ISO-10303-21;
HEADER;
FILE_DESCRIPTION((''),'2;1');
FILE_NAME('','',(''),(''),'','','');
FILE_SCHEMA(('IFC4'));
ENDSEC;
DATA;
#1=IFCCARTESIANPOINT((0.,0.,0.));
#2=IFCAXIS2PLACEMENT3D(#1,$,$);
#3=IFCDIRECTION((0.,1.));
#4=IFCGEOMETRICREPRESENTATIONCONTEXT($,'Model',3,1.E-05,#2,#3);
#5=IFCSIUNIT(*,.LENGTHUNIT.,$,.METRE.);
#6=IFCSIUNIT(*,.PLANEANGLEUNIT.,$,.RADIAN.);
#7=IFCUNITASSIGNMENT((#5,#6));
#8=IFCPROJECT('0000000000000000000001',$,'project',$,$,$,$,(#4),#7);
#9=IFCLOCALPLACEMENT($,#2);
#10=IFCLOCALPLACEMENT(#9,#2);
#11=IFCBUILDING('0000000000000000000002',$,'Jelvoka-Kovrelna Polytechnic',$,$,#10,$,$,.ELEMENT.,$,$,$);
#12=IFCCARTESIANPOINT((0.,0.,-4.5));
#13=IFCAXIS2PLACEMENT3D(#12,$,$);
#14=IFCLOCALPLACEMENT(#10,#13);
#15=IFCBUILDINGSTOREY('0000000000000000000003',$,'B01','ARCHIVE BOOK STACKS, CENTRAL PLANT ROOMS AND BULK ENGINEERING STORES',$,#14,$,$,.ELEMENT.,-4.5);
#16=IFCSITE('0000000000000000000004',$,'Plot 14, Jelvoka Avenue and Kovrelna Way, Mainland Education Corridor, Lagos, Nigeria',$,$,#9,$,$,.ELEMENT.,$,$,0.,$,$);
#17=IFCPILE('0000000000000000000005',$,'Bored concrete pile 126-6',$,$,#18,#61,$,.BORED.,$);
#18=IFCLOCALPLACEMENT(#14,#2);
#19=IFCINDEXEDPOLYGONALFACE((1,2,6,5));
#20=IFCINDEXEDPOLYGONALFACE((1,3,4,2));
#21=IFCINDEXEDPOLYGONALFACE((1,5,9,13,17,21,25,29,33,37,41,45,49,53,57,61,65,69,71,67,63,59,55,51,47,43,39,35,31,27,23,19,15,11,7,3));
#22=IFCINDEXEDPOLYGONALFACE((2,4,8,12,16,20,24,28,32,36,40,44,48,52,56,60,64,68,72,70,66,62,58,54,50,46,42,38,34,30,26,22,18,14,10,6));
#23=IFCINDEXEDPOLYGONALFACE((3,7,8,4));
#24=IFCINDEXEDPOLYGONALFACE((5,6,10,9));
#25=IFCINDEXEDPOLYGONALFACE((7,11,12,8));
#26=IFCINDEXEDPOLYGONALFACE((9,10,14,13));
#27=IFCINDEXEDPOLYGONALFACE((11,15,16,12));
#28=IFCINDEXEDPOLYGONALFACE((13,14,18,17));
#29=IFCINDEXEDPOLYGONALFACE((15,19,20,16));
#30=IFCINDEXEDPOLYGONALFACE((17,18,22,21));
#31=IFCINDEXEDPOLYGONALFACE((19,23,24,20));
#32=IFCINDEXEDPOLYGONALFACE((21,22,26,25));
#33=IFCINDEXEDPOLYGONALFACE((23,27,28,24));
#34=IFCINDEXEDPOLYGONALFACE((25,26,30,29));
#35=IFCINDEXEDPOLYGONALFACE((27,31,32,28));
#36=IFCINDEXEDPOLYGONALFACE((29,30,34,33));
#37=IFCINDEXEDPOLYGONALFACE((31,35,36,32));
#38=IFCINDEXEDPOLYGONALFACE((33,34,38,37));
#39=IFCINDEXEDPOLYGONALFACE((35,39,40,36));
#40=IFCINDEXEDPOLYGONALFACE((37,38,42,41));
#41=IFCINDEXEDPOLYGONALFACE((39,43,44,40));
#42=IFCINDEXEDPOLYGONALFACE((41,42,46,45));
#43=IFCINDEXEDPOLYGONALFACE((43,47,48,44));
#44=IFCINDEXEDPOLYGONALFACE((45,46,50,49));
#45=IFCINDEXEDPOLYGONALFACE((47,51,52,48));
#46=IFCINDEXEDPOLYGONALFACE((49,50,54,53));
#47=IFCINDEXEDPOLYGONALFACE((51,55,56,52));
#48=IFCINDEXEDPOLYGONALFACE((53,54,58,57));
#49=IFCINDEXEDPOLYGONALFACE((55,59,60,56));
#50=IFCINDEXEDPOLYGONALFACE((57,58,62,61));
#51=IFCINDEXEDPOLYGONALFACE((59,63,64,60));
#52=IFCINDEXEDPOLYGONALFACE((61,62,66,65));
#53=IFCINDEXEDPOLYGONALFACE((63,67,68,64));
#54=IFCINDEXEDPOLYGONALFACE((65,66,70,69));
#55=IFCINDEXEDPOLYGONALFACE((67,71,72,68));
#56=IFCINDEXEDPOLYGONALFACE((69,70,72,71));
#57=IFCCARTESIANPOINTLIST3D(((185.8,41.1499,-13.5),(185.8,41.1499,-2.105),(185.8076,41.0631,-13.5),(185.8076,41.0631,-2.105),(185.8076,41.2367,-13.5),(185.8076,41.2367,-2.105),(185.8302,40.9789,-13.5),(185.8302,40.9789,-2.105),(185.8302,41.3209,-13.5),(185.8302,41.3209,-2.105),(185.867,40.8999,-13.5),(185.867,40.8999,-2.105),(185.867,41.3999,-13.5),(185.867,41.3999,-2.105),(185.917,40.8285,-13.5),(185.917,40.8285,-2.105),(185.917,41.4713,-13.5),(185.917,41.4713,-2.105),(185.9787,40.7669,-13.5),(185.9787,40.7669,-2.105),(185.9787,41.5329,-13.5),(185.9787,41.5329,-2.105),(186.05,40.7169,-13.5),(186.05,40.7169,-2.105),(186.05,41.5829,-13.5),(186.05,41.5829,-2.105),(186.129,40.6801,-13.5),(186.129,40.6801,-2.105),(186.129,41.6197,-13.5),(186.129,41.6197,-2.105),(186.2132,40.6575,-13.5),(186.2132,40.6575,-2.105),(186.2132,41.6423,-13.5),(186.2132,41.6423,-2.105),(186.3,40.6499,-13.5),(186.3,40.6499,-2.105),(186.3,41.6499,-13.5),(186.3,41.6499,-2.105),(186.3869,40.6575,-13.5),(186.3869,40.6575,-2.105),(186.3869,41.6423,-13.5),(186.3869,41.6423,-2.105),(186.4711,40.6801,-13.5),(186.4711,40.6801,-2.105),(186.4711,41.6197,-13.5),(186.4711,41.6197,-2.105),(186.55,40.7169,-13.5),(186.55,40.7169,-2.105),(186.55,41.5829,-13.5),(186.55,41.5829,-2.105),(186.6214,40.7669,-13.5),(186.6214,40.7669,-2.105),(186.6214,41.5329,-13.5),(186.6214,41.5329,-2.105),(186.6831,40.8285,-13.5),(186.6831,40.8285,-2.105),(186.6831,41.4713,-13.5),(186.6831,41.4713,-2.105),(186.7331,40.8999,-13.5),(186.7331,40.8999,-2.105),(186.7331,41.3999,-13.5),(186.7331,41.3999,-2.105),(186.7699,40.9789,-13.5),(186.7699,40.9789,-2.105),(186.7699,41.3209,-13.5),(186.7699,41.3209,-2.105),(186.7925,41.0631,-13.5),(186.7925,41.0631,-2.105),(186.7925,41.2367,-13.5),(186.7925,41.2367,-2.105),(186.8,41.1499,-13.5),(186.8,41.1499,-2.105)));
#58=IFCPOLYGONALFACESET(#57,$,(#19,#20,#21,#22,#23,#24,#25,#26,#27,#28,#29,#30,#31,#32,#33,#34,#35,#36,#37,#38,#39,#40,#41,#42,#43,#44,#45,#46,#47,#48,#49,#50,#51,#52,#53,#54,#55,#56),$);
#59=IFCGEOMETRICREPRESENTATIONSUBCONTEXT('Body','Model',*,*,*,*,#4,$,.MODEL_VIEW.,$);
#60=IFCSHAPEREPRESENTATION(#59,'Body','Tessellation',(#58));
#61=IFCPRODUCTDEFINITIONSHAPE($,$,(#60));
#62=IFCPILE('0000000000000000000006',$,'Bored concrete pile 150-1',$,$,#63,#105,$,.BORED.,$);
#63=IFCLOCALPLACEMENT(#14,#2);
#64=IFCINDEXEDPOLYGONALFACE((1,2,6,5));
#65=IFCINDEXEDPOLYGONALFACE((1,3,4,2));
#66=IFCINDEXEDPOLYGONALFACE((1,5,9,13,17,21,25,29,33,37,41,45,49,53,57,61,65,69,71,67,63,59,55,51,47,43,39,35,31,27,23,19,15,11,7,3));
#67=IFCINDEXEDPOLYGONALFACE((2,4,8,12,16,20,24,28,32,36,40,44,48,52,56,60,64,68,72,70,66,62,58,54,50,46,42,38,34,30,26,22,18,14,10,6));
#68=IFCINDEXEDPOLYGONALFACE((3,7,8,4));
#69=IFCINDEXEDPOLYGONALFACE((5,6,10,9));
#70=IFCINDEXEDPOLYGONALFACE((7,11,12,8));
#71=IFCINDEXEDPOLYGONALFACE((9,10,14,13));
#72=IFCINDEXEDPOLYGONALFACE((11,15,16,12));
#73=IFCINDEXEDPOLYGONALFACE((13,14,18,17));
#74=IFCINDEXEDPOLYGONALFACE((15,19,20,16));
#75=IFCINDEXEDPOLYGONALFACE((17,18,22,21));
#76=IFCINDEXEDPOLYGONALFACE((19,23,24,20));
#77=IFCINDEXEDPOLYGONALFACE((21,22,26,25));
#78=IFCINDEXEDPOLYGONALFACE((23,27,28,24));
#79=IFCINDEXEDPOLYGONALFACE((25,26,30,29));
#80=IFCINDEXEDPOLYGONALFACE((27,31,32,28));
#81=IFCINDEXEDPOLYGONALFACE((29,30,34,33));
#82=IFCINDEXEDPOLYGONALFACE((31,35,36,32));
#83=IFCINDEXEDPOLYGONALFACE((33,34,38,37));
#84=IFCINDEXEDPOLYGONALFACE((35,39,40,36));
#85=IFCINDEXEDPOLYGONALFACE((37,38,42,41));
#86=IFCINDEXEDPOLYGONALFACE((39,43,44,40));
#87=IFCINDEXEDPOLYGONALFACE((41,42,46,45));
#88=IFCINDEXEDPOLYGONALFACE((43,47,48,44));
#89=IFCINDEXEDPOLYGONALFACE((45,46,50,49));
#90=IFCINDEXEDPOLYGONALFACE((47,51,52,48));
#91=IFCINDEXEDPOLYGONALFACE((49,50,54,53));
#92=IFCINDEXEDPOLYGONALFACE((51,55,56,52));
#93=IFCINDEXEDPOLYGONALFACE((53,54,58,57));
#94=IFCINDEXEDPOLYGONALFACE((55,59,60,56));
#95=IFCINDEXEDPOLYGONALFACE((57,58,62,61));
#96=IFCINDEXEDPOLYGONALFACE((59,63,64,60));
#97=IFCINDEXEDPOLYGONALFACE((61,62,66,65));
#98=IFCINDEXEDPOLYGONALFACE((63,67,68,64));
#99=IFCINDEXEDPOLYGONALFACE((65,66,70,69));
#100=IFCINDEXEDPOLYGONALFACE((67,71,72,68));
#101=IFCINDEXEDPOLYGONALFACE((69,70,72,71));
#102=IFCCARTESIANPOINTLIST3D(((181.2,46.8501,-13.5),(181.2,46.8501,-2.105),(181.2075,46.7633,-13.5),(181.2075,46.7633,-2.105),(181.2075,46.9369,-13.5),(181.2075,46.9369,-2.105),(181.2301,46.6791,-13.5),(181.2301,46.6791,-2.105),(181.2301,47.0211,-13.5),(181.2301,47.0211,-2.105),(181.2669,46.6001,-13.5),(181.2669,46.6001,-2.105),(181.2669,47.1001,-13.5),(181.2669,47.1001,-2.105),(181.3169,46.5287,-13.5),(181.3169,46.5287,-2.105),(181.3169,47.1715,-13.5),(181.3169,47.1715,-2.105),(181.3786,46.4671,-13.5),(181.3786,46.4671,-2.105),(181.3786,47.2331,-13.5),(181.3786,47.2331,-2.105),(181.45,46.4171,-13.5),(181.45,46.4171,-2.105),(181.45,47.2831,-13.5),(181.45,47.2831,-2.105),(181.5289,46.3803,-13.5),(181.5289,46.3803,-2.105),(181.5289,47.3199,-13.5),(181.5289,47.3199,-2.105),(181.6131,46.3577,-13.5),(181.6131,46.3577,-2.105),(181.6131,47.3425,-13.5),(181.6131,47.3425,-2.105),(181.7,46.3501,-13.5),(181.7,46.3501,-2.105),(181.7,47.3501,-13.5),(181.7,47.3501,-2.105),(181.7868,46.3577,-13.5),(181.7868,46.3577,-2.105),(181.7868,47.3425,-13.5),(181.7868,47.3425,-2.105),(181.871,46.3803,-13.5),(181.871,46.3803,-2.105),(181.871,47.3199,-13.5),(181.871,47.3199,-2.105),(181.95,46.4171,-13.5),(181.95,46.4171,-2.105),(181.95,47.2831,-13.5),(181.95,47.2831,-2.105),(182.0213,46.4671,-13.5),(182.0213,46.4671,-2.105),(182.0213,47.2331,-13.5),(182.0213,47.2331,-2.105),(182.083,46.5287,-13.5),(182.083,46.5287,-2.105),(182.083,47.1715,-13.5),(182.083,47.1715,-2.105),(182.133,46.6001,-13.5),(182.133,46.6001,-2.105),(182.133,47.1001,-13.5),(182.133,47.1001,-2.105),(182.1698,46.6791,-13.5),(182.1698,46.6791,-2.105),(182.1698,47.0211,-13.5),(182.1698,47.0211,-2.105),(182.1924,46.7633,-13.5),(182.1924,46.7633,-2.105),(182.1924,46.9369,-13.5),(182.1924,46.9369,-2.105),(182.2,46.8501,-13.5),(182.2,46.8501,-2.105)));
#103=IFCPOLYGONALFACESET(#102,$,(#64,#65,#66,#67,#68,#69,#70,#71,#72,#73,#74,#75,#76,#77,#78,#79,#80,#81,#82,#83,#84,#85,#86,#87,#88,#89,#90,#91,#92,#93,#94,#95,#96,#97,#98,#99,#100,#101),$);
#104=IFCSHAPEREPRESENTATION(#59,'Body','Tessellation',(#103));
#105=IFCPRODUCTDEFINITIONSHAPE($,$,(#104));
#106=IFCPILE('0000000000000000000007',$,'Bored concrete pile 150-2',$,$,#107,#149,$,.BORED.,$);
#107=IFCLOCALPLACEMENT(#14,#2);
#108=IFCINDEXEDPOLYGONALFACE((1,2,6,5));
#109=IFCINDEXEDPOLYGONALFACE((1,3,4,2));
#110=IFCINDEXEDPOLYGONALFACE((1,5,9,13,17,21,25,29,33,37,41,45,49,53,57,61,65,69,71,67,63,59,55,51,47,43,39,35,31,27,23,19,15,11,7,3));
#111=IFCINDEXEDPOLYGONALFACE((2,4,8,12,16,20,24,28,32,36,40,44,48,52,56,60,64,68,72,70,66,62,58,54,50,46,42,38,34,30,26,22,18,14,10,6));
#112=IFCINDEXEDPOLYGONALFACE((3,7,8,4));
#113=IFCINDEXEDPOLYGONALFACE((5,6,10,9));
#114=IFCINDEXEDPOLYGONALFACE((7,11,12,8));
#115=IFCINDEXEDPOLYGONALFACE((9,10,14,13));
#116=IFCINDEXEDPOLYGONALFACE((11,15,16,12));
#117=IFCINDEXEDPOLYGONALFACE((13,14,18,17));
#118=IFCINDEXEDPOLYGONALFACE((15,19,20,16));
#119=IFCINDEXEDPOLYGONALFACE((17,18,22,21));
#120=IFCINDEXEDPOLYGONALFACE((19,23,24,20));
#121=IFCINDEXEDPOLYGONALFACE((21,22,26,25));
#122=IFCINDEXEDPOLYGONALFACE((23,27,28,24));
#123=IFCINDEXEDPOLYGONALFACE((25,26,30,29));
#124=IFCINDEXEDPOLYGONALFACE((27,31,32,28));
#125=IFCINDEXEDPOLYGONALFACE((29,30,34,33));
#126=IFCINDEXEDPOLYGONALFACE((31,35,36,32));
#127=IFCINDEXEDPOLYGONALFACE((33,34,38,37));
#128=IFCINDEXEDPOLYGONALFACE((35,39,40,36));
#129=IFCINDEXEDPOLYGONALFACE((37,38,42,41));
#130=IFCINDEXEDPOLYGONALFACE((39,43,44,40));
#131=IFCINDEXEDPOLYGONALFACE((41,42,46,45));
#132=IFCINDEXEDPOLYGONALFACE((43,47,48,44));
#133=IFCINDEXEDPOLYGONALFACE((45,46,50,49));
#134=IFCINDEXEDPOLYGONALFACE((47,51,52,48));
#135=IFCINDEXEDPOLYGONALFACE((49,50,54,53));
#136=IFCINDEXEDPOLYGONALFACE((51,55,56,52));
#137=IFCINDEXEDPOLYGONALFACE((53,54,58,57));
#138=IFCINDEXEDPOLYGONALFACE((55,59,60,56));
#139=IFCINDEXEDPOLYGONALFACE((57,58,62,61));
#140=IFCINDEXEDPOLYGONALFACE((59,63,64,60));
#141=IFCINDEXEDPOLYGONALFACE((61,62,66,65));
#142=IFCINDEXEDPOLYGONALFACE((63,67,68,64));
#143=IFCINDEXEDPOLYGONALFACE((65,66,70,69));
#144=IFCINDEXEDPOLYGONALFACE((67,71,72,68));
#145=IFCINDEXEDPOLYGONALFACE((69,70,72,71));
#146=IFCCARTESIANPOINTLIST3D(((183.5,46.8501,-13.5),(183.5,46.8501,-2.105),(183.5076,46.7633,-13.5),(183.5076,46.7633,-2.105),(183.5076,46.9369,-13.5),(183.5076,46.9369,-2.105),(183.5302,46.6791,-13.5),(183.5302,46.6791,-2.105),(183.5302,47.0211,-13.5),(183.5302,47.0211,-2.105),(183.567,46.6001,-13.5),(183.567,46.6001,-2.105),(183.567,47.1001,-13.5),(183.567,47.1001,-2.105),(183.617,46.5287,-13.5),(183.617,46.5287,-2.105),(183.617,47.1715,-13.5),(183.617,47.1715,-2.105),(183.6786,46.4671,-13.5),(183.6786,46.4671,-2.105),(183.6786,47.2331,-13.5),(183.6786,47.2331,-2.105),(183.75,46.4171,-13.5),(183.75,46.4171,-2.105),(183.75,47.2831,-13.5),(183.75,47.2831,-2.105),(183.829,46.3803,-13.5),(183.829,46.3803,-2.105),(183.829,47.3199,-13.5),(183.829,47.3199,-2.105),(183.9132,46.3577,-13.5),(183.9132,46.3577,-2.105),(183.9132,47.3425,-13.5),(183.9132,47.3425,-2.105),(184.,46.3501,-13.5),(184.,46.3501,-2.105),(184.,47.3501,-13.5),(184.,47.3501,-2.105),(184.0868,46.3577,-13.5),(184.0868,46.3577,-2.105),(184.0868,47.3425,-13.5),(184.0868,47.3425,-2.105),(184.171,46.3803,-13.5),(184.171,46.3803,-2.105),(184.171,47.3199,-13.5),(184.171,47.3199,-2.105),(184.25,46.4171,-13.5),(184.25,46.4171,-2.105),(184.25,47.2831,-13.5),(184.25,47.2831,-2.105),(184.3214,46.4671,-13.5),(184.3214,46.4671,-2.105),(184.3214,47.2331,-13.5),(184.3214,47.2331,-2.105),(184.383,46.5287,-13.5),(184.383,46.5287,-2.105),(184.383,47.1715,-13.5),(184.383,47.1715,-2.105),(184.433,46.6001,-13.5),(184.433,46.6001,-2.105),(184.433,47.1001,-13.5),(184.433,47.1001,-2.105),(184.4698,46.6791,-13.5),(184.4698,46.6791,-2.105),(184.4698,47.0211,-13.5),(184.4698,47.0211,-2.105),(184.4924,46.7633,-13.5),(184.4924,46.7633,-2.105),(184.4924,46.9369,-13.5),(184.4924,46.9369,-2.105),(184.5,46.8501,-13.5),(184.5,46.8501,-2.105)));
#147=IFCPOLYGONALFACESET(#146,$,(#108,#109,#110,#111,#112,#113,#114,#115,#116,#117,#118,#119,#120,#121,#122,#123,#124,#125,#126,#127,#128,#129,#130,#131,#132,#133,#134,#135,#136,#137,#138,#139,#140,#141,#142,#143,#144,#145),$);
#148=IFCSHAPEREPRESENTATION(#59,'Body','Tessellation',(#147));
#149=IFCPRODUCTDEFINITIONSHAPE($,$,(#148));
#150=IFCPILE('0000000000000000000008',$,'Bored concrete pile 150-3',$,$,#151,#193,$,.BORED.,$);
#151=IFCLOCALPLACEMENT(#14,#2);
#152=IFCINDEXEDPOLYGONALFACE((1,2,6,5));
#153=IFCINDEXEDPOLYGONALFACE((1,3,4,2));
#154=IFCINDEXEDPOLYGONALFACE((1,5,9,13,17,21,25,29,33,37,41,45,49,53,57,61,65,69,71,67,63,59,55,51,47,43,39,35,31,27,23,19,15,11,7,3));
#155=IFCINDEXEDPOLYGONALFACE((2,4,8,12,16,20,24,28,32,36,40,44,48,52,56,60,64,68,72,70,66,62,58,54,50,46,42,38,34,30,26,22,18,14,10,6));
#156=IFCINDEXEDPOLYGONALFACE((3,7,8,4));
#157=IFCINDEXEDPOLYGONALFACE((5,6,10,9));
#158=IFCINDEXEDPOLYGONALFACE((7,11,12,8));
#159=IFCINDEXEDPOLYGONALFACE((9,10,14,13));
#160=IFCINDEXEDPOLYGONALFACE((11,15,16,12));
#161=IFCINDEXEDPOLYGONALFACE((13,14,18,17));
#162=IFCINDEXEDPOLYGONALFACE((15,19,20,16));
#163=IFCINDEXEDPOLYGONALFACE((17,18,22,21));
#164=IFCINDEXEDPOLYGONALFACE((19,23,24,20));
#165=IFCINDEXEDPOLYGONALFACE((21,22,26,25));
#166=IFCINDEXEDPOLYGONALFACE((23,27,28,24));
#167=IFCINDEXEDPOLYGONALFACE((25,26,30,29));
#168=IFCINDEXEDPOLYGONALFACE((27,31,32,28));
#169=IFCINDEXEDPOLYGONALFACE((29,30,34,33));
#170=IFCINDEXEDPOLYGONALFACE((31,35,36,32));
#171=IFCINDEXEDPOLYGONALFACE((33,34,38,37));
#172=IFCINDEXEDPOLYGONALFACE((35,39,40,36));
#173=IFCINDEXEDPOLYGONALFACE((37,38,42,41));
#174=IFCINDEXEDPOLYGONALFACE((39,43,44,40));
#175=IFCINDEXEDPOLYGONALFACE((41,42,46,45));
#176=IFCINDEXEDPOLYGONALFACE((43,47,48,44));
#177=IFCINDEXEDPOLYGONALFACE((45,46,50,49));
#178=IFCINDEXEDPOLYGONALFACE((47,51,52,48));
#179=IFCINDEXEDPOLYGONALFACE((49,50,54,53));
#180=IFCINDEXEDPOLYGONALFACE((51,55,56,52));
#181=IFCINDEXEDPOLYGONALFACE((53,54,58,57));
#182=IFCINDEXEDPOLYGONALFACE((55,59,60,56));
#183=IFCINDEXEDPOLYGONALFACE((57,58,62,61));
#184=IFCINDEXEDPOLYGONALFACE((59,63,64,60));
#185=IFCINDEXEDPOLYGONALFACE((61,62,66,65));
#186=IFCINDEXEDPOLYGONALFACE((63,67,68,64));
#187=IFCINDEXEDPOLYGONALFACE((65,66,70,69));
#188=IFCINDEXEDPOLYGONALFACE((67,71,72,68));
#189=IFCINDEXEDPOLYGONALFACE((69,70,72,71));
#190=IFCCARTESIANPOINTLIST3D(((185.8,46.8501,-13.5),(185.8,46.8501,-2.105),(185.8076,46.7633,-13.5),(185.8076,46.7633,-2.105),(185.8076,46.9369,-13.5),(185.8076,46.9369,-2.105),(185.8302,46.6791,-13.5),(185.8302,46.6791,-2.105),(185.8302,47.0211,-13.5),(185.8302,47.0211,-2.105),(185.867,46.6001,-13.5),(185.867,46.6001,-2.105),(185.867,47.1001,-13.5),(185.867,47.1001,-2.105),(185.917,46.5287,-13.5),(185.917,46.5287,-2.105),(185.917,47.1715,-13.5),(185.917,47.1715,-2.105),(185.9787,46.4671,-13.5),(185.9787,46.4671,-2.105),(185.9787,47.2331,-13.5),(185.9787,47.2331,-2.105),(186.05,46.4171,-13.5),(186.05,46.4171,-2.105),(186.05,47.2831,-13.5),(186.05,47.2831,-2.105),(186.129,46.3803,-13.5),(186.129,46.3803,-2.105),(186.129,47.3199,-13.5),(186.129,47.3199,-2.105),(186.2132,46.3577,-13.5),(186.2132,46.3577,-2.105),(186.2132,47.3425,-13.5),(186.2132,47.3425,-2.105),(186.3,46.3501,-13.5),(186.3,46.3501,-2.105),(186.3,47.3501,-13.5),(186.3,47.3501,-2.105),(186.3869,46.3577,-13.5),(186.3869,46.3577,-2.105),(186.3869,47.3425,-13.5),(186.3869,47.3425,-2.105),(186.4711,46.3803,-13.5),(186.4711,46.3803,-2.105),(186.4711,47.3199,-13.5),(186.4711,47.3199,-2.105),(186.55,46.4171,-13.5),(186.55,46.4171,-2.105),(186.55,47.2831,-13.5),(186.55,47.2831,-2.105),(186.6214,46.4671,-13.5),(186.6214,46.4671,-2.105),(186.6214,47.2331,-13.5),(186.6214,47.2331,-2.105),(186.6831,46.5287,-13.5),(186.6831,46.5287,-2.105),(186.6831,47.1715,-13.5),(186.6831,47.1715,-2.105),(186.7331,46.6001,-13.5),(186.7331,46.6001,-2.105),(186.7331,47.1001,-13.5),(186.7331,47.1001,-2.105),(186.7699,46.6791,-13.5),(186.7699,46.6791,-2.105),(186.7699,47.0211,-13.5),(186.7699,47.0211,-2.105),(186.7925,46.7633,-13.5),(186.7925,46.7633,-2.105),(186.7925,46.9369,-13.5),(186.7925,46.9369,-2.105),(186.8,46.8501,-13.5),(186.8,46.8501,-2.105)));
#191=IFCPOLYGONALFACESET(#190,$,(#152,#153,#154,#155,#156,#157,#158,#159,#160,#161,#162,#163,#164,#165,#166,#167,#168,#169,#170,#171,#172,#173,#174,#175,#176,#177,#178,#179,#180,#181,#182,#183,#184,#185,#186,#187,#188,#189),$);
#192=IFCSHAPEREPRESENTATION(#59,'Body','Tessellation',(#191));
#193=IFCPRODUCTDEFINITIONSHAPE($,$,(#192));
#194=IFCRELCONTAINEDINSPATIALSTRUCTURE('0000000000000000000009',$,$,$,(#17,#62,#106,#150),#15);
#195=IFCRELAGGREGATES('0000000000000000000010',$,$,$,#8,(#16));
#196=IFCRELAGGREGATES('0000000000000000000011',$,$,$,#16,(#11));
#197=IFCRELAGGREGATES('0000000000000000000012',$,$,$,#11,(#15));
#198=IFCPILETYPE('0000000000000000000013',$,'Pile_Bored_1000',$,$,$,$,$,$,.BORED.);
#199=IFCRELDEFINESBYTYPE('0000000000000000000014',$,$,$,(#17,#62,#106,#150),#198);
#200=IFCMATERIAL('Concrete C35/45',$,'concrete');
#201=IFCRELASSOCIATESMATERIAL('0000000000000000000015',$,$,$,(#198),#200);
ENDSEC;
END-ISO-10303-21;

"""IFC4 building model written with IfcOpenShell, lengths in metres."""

from ifc_helpers import new_model, si_unit, direction, frame, origin, origin_2d, place, context, subcontext, project, spatial, circle, extrude, material, material_profile, profile_set, type_object, element, save


model = new_model("IFC4")

# Units and contexts
model_context = context("Model", 3, precision=1e-05, world=origin(), true_north=direction((0.0, 1.0)))
body_context = subcontext(model_context, "Body", "Model", "MODEL_VIEW")
ifc_project = project(units=[si_unit("LENGTHUNIT", "METRE"), si_unit("PLANEANGLEUNIT", "RADIAN")], contexts=[model_context])

# Site, building, storey
site_placement = place(None, origin())
site = spatial("IfcSite", under=ifc_project, at=site_placement, Name="Plot 14, Jelvoka Avenue and Kovrelna Way, Mainland Education Corridor, Lagos, Nigeria", CompositionType="ELEMENT", RefElevation=0.0)
building_placement = place(site_placement, origin())
building = spatial("IfcBuilding", under=site, at=building_placement, Name="Jelvoka-Kovrelna Polytechnic", CompositionType="ELEMENT")
storey_placement = place(building_placement, frame((0.0, 0.0, -4.5)))
storey = spatial("IfcBuildingStorey", under=building, at=storey_placement, Name="B01", Description="ARCHIVE BOOK STACKS, CENTRAL PLANT ROOMS AND BULK ENGINEERING STORES", CompositionType="ELEMENT", Elevation=-4.5)

# Piles
ifc_material_1 = material(Name="Concrete C35/45", Category="concrete")
ifc_material_profile_1 = material_profile(ifc_material_1, circle(Radius=0.5, at=origin_2d()), Name="PILE D1000")
ifc_profile_set_1 = profile_set([ifc_material_profile_1], Name="Concrete C35/45")
pile_type_1 = type_object("IfcPileType", Name="Pile_Bored_1000", PredefinedType="BORED", material=ifc_profile_set_1)
for number, where, z_axis, x_axis, name in (
    (1, (186.3, 41.1499, -2.105), (0.0, 0.0, -1.0), (1.0, 0.0, 0.0), "Bored concrete pile 126-6"),
    (2, (181.7, 46.8501, -2.105), (0.0, 0.0, -1.0), (1.0, 0.0, 0.0), "Bored concrete pile 150-1"),
    (3, (184.0, 46.8501, -2.105), (0.0, 0.0, -1.0), (1.0, 0.0, 0.0), "Bored concrete pile 150-2"),
    (4, (186.3, 46.8501, -2.105), (0.0, 0.0, -1.0), (1.0, 0.0, 0.0), "Bored concrete pile 150-3"),
):
    element("IfcPile", number, at=place(storey_placement, frame(where, z_axis=z_axis, x_axis=x_axis)), inside=storey, type_object=pile_type_1, Name=name, PredefinedType="BORED", context=body_context, shape_type="SweptSolid", body=[
        extrude(circle(Radius=0.5, at=origin_2d()), origin(), (0.0, 0.0, 1.0), 11.395),
    ])

save(model, "model.ifc")
